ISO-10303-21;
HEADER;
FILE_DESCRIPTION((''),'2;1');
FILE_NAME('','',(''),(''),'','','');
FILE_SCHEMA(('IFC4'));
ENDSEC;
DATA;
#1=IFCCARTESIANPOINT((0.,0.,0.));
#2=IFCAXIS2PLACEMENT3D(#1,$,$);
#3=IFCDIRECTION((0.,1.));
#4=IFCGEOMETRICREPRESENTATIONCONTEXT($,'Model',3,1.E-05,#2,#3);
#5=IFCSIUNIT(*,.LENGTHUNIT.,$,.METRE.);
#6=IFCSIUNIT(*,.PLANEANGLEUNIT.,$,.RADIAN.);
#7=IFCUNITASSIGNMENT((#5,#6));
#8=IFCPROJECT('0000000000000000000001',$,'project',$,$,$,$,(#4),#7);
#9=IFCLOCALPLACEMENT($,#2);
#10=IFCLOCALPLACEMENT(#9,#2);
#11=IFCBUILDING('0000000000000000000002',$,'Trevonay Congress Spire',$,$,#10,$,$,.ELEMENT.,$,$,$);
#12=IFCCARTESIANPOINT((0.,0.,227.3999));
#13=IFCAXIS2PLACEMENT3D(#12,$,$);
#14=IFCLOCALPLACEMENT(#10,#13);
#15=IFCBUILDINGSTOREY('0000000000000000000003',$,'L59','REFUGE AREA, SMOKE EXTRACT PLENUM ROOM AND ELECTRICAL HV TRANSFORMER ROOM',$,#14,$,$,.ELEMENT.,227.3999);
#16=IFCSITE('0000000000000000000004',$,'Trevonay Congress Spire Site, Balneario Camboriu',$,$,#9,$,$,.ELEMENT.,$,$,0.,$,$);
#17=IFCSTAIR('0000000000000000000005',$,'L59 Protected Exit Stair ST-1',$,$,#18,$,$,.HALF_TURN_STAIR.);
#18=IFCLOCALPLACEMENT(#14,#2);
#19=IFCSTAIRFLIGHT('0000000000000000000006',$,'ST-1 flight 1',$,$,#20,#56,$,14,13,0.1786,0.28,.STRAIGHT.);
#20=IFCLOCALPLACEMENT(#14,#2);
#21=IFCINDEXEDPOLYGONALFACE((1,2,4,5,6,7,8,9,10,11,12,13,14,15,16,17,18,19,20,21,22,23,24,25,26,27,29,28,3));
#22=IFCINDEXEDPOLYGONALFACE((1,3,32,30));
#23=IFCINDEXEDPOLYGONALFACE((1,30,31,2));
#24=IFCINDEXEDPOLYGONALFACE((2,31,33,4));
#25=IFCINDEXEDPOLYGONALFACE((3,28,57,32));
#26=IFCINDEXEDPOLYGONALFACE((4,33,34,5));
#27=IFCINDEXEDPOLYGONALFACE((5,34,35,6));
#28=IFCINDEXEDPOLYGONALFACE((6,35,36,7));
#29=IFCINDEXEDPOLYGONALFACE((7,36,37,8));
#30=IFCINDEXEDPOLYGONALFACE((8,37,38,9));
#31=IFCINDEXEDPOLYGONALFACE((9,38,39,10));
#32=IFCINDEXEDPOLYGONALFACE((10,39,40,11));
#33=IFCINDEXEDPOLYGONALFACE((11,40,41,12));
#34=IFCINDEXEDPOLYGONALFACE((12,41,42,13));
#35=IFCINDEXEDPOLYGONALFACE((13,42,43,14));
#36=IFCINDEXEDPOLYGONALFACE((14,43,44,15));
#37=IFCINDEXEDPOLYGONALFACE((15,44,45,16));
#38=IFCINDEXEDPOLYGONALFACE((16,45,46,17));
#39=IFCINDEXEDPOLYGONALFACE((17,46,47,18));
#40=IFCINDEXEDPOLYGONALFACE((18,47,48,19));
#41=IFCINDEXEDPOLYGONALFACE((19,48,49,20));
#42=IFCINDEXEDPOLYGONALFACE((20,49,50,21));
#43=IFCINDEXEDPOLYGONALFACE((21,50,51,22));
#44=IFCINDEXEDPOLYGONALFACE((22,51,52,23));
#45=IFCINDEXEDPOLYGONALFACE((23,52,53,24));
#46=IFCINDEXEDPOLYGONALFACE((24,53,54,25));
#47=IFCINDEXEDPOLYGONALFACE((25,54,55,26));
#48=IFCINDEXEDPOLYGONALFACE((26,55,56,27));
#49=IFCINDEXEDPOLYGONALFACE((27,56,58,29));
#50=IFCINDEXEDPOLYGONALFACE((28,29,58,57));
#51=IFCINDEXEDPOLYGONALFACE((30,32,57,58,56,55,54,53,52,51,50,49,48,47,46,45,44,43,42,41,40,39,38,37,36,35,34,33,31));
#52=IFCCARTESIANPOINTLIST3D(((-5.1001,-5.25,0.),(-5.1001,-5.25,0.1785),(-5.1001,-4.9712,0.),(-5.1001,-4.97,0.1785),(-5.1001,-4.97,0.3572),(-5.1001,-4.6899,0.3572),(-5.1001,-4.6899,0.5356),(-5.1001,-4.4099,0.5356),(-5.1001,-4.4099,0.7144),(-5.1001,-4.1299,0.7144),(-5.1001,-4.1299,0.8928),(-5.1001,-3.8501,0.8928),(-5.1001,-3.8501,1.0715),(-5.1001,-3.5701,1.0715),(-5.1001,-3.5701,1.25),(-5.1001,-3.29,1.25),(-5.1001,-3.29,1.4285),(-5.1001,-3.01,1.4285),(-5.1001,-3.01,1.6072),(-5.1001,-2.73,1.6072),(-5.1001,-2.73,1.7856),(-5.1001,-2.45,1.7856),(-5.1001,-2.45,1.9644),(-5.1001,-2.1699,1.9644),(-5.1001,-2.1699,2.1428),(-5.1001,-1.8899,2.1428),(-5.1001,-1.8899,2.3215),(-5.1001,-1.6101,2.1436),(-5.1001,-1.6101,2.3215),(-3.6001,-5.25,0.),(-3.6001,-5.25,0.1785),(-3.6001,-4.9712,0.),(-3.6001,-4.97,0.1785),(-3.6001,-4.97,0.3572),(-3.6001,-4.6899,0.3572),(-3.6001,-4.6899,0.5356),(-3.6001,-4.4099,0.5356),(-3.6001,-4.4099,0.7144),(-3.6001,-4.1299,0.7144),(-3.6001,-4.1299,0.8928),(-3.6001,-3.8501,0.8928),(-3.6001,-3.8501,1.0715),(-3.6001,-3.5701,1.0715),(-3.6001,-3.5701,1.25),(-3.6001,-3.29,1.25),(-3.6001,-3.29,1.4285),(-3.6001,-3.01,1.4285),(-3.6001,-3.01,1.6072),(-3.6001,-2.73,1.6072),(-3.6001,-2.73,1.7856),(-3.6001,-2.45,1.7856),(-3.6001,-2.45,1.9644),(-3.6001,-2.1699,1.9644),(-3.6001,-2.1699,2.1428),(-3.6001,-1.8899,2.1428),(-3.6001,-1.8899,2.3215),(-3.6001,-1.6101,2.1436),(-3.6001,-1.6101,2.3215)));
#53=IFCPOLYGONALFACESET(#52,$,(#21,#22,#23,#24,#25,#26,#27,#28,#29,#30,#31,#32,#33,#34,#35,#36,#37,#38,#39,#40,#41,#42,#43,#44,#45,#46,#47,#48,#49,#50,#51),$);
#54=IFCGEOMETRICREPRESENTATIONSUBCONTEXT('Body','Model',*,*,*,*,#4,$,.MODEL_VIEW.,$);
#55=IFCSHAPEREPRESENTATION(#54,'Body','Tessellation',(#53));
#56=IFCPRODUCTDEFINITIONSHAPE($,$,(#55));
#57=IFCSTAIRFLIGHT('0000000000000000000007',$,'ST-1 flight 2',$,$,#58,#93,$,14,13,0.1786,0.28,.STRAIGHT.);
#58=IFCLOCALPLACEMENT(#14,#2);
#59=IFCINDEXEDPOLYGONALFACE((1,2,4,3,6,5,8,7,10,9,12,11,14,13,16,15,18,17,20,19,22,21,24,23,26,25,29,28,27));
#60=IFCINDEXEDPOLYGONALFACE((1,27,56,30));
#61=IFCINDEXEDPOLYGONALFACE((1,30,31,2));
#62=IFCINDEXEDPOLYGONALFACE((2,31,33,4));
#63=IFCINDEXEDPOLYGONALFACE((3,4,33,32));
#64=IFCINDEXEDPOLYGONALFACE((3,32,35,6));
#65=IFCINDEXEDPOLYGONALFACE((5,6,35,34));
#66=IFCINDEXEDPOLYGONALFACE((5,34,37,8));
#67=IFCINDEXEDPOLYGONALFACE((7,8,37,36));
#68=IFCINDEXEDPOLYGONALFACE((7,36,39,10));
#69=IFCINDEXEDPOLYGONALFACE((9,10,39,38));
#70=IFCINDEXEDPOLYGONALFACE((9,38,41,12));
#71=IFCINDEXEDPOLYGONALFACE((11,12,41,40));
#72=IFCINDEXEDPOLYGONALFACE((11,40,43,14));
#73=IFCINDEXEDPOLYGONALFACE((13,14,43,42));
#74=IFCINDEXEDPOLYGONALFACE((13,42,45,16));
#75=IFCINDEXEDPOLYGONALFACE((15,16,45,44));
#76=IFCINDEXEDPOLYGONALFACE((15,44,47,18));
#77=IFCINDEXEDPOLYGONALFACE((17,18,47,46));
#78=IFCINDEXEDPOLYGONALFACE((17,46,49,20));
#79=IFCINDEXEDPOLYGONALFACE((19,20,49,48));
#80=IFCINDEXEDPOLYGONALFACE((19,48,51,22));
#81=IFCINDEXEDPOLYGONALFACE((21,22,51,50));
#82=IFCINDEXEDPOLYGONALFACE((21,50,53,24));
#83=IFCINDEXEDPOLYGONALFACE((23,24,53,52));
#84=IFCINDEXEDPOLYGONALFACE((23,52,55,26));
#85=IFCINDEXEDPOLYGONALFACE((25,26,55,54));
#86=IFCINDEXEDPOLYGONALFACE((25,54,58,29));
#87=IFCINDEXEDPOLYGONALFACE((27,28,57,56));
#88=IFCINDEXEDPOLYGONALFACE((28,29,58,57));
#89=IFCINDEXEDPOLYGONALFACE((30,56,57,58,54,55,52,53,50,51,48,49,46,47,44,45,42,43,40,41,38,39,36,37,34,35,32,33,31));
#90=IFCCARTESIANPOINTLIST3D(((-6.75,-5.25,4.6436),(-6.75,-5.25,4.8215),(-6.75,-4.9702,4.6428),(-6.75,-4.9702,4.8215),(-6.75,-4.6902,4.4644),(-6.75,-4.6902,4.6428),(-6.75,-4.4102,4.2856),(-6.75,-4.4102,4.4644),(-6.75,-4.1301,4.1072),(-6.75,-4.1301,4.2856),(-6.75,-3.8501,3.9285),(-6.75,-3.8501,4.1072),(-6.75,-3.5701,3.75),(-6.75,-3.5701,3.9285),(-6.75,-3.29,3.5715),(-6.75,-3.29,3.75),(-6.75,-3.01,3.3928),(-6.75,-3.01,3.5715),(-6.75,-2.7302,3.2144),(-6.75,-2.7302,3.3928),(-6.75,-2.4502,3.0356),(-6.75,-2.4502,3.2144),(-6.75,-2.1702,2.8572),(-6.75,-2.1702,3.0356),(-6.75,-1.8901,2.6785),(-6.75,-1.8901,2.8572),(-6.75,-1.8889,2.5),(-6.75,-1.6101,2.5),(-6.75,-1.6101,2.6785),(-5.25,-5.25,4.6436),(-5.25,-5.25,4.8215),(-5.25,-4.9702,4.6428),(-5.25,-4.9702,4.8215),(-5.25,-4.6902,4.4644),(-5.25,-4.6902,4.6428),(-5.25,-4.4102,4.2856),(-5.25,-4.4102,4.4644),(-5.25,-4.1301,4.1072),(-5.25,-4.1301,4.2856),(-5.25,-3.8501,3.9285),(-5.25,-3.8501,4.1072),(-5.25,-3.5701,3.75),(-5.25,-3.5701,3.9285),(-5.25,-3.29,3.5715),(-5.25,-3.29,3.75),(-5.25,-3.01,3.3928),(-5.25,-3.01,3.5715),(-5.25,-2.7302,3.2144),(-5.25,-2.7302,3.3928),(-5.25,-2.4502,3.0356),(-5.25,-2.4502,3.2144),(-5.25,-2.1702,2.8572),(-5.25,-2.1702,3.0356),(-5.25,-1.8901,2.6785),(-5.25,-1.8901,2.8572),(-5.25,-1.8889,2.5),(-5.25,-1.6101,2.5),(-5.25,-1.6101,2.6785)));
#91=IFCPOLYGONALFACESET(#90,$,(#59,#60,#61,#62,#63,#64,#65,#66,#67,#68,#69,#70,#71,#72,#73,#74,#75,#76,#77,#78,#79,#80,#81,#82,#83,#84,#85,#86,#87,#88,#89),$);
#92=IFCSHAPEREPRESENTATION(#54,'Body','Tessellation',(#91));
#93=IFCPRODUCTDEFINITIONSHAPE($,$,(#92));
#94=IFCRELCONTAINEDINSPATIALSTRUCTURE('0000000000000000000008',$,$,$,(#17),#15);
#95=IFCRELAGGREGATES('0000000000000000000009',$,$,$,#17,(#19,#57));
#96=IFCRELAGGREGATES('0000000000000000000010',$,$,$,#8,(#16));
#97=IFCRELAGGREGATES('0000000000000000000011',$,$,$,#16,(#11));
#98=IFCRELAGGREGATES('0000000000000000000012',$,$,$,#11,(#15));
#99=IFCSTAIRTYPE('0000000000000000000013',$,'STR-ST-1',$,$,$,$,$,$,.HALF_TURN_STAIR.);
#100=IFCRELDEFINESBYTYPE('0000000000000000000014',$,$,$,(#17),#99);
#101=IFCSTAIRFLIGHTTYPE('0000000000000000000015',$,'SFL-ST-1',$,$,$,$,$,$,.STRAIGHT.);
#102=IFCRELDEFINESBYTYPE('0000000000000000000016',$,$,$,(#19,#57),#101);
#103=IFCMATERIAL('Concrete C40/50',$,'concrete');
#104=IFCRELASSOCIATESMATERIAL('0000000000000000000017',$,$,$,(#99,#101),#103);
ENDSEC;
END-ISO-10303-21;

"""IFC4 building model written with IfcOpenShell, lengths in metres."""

from ifc_helpers import new_model, si_unit, direction, frame, origin, place, context, subcontext, project, spatial, polyline, outline, extrude, material, type_object, element, aggregate, save


model = new_model("IFC4")

# Units and contexts
model_context = context("Model", 3, precision=1e-05, world=origin(), true_north=direction((0.0, 1.0)))
body_context = subcontext(model_context, "Body", "Model", "MODEL_VIEW")
ifc_project = project(units=[si_unit("LENGTHUNIT", "METRE"), si_unit("PLANEANGLEUNIT", "RADIAN")], contexts=[model_context])

# Site, building, storey
site_placement = place(None, origin())
site = spatial("IfcSite", under=ifc_project, at=site_placement, Name="Trevonay Congress Spire Site, Balneario Camboriu", CompositionType="ELEMENT", RefElevation=0.0)
building_placement = place(site_placement, origin())
building = spatial("IfcBuilding", under=site, at=building_placement, Name="Trevonay Congress Spire", CompositionType="ELEMENT")
storey_placement = place(building_placement, frame((0.0, 0.0, 227.3999)))
storey = spatial("IfcBuildingStorey", under=building, at=storey_placement, Name="L59", Description="REFUGE AREA, SMOKE EXTRACT PLENUM ROOM AND ELECTRICAL HV TRANSFORMER ROOM", CompositionType="ELEMENT", Elevation=227.3999)

# Shared definitions
ifc_material_1 = material(Name="Concrete C40/50", Category="concrete")

# Stair, stair flights
stair_type = type_object("IfcStairType", Name="STR-ST-1", PredefinedType="HALF_TURN_STAIR", material=ifc_material_1)
stair_placement = place(storey_placement, origin())
stair = element("IfcStair", 1, at=stair_placement, inside=storey, type_object=stair_type, Name="L59 Protected Exit Stair ST-1", PredefinedType="HALF_TURN_STAIR")
stair_flight_type = type_object("IfcStairFlightType", Name="SFL-ST-1", PredefinedType="STRAIGHT", material=ifc_material_1)
stair_flight_1_placement = place(storey_placement, frame((-4.3501, -5.25, 0.0), z_axis=(0.0, 0.0, 1.0), x_axis=(0.0, 1.0, 0.0)))
stair_flight_1 = element("IfcStairFlight", 2, at=stair_flight_1_placement, type_object=stair_flight_type, Name="ST-1 flight 1", NumberOfRisers=14, NumberOfTreads=13, PredefinedType="STRAIGHT", RiserHeight=0.1786, TreadLength=0.28, context=body_context, shape_type="SweptSolid", body=[
    extrude(outline(polyline([(0.0, 0.0), (0.0, 0.1785), (0.28, 0.1785), (0.28, 0.3572), (0.5601, 0.3572), (0.5601, 0.5356), (0.8401, 0.5356), (0.8401, 0.7144), (1.1201, 0.7144), (1.1201, 0.8928), (1.3999, 0.8928), (1.3999, 1.0715), (1.6799, 1.0715), (1.6799, 1.25), (1.96, 1.25), (1.96, 1.4285), (2.24, 1.4285), (2.24, 1.6072), (2.52, 1.6072), (2.52, 1.7856), (2.8, 1.7856), (2.8, 1.9644), (3.0801, 1.9644), (3.0801, 2.1428), (3.3601, 2.1428), (3.3601, 2.3215), (3.6399, 2.3215), (3.6399, 2.5), (3.6399, 2.1436), (0.2788, 0.0), (0.0, 0.0)])), frame((0.0, 0.75, 0.0), z_axis=(0.0, -1.0, 0.0), x_axis=(1.0, 0.0, 0.0)), (0.0, 0.0, 1.0), 1.5),
])
stair_flight_2_placement = place(storey_placement, frame((-6.0, -1.6101, 2.5), z_axis=(0.0, 0.0, 1.0), x_axis=(0.0, -1.0, 0.0)))
stair_flight_2 = element("IfcStairFlight", 3, at=stair_flight_2_placement, type_object=stair_flight_type, Name="ST-1 flight 2", NumberOfRisers=14, NumberOfTreads=13, PredefinedType="STRAIGHT", RiserHeight=0.1786, TreadLength=0.28, context=body_context, shape_type="SweptSolid", body=[
    extrude(outline(polyline([(0.0, 0.0), (0.0, 0.1785), (0.28, 0.1785), (0.28, 0.3572), (0.5601, 0.3572), (0.5601, 0.5356), (0.8401, 0.5356), (0.8401, 0.7144), (1.1201, 0.7144), (1.1201, 0.8928), (1.3999, 0.8928), (1.3999, 1.0715), (1.6799, 1.0715), (1.6799, 1.25), (1.96, 1.25), (1.96, 1.4285), (2.24, 1.4285), (2.24, 1.6072), (2.52, 1.6072), (2.52, 1.7856), (2.8, 1.7856), (2.8, 1.9644), (3.0801, 1.9644), (3.0801, 2.1428), (3.3601, 2.1428), (3.3601, 2.3215), (3.6399, 2.3215), (3.6399, 2.5), (3.6399, 2.1436), (0.2788, 0.0), (0.0, 0.0)])), frame((0.0, 0.75, 0.0), z_axis=(0.0, -1.0, 0.0), x_axis=(1.0, 0.0, 0.0)), (0.0, 0.0, 1.0), 1.5),
])
aggregate(stair, [stair_flight_1, stair_flight_2])

save(model, "model.ifc")
